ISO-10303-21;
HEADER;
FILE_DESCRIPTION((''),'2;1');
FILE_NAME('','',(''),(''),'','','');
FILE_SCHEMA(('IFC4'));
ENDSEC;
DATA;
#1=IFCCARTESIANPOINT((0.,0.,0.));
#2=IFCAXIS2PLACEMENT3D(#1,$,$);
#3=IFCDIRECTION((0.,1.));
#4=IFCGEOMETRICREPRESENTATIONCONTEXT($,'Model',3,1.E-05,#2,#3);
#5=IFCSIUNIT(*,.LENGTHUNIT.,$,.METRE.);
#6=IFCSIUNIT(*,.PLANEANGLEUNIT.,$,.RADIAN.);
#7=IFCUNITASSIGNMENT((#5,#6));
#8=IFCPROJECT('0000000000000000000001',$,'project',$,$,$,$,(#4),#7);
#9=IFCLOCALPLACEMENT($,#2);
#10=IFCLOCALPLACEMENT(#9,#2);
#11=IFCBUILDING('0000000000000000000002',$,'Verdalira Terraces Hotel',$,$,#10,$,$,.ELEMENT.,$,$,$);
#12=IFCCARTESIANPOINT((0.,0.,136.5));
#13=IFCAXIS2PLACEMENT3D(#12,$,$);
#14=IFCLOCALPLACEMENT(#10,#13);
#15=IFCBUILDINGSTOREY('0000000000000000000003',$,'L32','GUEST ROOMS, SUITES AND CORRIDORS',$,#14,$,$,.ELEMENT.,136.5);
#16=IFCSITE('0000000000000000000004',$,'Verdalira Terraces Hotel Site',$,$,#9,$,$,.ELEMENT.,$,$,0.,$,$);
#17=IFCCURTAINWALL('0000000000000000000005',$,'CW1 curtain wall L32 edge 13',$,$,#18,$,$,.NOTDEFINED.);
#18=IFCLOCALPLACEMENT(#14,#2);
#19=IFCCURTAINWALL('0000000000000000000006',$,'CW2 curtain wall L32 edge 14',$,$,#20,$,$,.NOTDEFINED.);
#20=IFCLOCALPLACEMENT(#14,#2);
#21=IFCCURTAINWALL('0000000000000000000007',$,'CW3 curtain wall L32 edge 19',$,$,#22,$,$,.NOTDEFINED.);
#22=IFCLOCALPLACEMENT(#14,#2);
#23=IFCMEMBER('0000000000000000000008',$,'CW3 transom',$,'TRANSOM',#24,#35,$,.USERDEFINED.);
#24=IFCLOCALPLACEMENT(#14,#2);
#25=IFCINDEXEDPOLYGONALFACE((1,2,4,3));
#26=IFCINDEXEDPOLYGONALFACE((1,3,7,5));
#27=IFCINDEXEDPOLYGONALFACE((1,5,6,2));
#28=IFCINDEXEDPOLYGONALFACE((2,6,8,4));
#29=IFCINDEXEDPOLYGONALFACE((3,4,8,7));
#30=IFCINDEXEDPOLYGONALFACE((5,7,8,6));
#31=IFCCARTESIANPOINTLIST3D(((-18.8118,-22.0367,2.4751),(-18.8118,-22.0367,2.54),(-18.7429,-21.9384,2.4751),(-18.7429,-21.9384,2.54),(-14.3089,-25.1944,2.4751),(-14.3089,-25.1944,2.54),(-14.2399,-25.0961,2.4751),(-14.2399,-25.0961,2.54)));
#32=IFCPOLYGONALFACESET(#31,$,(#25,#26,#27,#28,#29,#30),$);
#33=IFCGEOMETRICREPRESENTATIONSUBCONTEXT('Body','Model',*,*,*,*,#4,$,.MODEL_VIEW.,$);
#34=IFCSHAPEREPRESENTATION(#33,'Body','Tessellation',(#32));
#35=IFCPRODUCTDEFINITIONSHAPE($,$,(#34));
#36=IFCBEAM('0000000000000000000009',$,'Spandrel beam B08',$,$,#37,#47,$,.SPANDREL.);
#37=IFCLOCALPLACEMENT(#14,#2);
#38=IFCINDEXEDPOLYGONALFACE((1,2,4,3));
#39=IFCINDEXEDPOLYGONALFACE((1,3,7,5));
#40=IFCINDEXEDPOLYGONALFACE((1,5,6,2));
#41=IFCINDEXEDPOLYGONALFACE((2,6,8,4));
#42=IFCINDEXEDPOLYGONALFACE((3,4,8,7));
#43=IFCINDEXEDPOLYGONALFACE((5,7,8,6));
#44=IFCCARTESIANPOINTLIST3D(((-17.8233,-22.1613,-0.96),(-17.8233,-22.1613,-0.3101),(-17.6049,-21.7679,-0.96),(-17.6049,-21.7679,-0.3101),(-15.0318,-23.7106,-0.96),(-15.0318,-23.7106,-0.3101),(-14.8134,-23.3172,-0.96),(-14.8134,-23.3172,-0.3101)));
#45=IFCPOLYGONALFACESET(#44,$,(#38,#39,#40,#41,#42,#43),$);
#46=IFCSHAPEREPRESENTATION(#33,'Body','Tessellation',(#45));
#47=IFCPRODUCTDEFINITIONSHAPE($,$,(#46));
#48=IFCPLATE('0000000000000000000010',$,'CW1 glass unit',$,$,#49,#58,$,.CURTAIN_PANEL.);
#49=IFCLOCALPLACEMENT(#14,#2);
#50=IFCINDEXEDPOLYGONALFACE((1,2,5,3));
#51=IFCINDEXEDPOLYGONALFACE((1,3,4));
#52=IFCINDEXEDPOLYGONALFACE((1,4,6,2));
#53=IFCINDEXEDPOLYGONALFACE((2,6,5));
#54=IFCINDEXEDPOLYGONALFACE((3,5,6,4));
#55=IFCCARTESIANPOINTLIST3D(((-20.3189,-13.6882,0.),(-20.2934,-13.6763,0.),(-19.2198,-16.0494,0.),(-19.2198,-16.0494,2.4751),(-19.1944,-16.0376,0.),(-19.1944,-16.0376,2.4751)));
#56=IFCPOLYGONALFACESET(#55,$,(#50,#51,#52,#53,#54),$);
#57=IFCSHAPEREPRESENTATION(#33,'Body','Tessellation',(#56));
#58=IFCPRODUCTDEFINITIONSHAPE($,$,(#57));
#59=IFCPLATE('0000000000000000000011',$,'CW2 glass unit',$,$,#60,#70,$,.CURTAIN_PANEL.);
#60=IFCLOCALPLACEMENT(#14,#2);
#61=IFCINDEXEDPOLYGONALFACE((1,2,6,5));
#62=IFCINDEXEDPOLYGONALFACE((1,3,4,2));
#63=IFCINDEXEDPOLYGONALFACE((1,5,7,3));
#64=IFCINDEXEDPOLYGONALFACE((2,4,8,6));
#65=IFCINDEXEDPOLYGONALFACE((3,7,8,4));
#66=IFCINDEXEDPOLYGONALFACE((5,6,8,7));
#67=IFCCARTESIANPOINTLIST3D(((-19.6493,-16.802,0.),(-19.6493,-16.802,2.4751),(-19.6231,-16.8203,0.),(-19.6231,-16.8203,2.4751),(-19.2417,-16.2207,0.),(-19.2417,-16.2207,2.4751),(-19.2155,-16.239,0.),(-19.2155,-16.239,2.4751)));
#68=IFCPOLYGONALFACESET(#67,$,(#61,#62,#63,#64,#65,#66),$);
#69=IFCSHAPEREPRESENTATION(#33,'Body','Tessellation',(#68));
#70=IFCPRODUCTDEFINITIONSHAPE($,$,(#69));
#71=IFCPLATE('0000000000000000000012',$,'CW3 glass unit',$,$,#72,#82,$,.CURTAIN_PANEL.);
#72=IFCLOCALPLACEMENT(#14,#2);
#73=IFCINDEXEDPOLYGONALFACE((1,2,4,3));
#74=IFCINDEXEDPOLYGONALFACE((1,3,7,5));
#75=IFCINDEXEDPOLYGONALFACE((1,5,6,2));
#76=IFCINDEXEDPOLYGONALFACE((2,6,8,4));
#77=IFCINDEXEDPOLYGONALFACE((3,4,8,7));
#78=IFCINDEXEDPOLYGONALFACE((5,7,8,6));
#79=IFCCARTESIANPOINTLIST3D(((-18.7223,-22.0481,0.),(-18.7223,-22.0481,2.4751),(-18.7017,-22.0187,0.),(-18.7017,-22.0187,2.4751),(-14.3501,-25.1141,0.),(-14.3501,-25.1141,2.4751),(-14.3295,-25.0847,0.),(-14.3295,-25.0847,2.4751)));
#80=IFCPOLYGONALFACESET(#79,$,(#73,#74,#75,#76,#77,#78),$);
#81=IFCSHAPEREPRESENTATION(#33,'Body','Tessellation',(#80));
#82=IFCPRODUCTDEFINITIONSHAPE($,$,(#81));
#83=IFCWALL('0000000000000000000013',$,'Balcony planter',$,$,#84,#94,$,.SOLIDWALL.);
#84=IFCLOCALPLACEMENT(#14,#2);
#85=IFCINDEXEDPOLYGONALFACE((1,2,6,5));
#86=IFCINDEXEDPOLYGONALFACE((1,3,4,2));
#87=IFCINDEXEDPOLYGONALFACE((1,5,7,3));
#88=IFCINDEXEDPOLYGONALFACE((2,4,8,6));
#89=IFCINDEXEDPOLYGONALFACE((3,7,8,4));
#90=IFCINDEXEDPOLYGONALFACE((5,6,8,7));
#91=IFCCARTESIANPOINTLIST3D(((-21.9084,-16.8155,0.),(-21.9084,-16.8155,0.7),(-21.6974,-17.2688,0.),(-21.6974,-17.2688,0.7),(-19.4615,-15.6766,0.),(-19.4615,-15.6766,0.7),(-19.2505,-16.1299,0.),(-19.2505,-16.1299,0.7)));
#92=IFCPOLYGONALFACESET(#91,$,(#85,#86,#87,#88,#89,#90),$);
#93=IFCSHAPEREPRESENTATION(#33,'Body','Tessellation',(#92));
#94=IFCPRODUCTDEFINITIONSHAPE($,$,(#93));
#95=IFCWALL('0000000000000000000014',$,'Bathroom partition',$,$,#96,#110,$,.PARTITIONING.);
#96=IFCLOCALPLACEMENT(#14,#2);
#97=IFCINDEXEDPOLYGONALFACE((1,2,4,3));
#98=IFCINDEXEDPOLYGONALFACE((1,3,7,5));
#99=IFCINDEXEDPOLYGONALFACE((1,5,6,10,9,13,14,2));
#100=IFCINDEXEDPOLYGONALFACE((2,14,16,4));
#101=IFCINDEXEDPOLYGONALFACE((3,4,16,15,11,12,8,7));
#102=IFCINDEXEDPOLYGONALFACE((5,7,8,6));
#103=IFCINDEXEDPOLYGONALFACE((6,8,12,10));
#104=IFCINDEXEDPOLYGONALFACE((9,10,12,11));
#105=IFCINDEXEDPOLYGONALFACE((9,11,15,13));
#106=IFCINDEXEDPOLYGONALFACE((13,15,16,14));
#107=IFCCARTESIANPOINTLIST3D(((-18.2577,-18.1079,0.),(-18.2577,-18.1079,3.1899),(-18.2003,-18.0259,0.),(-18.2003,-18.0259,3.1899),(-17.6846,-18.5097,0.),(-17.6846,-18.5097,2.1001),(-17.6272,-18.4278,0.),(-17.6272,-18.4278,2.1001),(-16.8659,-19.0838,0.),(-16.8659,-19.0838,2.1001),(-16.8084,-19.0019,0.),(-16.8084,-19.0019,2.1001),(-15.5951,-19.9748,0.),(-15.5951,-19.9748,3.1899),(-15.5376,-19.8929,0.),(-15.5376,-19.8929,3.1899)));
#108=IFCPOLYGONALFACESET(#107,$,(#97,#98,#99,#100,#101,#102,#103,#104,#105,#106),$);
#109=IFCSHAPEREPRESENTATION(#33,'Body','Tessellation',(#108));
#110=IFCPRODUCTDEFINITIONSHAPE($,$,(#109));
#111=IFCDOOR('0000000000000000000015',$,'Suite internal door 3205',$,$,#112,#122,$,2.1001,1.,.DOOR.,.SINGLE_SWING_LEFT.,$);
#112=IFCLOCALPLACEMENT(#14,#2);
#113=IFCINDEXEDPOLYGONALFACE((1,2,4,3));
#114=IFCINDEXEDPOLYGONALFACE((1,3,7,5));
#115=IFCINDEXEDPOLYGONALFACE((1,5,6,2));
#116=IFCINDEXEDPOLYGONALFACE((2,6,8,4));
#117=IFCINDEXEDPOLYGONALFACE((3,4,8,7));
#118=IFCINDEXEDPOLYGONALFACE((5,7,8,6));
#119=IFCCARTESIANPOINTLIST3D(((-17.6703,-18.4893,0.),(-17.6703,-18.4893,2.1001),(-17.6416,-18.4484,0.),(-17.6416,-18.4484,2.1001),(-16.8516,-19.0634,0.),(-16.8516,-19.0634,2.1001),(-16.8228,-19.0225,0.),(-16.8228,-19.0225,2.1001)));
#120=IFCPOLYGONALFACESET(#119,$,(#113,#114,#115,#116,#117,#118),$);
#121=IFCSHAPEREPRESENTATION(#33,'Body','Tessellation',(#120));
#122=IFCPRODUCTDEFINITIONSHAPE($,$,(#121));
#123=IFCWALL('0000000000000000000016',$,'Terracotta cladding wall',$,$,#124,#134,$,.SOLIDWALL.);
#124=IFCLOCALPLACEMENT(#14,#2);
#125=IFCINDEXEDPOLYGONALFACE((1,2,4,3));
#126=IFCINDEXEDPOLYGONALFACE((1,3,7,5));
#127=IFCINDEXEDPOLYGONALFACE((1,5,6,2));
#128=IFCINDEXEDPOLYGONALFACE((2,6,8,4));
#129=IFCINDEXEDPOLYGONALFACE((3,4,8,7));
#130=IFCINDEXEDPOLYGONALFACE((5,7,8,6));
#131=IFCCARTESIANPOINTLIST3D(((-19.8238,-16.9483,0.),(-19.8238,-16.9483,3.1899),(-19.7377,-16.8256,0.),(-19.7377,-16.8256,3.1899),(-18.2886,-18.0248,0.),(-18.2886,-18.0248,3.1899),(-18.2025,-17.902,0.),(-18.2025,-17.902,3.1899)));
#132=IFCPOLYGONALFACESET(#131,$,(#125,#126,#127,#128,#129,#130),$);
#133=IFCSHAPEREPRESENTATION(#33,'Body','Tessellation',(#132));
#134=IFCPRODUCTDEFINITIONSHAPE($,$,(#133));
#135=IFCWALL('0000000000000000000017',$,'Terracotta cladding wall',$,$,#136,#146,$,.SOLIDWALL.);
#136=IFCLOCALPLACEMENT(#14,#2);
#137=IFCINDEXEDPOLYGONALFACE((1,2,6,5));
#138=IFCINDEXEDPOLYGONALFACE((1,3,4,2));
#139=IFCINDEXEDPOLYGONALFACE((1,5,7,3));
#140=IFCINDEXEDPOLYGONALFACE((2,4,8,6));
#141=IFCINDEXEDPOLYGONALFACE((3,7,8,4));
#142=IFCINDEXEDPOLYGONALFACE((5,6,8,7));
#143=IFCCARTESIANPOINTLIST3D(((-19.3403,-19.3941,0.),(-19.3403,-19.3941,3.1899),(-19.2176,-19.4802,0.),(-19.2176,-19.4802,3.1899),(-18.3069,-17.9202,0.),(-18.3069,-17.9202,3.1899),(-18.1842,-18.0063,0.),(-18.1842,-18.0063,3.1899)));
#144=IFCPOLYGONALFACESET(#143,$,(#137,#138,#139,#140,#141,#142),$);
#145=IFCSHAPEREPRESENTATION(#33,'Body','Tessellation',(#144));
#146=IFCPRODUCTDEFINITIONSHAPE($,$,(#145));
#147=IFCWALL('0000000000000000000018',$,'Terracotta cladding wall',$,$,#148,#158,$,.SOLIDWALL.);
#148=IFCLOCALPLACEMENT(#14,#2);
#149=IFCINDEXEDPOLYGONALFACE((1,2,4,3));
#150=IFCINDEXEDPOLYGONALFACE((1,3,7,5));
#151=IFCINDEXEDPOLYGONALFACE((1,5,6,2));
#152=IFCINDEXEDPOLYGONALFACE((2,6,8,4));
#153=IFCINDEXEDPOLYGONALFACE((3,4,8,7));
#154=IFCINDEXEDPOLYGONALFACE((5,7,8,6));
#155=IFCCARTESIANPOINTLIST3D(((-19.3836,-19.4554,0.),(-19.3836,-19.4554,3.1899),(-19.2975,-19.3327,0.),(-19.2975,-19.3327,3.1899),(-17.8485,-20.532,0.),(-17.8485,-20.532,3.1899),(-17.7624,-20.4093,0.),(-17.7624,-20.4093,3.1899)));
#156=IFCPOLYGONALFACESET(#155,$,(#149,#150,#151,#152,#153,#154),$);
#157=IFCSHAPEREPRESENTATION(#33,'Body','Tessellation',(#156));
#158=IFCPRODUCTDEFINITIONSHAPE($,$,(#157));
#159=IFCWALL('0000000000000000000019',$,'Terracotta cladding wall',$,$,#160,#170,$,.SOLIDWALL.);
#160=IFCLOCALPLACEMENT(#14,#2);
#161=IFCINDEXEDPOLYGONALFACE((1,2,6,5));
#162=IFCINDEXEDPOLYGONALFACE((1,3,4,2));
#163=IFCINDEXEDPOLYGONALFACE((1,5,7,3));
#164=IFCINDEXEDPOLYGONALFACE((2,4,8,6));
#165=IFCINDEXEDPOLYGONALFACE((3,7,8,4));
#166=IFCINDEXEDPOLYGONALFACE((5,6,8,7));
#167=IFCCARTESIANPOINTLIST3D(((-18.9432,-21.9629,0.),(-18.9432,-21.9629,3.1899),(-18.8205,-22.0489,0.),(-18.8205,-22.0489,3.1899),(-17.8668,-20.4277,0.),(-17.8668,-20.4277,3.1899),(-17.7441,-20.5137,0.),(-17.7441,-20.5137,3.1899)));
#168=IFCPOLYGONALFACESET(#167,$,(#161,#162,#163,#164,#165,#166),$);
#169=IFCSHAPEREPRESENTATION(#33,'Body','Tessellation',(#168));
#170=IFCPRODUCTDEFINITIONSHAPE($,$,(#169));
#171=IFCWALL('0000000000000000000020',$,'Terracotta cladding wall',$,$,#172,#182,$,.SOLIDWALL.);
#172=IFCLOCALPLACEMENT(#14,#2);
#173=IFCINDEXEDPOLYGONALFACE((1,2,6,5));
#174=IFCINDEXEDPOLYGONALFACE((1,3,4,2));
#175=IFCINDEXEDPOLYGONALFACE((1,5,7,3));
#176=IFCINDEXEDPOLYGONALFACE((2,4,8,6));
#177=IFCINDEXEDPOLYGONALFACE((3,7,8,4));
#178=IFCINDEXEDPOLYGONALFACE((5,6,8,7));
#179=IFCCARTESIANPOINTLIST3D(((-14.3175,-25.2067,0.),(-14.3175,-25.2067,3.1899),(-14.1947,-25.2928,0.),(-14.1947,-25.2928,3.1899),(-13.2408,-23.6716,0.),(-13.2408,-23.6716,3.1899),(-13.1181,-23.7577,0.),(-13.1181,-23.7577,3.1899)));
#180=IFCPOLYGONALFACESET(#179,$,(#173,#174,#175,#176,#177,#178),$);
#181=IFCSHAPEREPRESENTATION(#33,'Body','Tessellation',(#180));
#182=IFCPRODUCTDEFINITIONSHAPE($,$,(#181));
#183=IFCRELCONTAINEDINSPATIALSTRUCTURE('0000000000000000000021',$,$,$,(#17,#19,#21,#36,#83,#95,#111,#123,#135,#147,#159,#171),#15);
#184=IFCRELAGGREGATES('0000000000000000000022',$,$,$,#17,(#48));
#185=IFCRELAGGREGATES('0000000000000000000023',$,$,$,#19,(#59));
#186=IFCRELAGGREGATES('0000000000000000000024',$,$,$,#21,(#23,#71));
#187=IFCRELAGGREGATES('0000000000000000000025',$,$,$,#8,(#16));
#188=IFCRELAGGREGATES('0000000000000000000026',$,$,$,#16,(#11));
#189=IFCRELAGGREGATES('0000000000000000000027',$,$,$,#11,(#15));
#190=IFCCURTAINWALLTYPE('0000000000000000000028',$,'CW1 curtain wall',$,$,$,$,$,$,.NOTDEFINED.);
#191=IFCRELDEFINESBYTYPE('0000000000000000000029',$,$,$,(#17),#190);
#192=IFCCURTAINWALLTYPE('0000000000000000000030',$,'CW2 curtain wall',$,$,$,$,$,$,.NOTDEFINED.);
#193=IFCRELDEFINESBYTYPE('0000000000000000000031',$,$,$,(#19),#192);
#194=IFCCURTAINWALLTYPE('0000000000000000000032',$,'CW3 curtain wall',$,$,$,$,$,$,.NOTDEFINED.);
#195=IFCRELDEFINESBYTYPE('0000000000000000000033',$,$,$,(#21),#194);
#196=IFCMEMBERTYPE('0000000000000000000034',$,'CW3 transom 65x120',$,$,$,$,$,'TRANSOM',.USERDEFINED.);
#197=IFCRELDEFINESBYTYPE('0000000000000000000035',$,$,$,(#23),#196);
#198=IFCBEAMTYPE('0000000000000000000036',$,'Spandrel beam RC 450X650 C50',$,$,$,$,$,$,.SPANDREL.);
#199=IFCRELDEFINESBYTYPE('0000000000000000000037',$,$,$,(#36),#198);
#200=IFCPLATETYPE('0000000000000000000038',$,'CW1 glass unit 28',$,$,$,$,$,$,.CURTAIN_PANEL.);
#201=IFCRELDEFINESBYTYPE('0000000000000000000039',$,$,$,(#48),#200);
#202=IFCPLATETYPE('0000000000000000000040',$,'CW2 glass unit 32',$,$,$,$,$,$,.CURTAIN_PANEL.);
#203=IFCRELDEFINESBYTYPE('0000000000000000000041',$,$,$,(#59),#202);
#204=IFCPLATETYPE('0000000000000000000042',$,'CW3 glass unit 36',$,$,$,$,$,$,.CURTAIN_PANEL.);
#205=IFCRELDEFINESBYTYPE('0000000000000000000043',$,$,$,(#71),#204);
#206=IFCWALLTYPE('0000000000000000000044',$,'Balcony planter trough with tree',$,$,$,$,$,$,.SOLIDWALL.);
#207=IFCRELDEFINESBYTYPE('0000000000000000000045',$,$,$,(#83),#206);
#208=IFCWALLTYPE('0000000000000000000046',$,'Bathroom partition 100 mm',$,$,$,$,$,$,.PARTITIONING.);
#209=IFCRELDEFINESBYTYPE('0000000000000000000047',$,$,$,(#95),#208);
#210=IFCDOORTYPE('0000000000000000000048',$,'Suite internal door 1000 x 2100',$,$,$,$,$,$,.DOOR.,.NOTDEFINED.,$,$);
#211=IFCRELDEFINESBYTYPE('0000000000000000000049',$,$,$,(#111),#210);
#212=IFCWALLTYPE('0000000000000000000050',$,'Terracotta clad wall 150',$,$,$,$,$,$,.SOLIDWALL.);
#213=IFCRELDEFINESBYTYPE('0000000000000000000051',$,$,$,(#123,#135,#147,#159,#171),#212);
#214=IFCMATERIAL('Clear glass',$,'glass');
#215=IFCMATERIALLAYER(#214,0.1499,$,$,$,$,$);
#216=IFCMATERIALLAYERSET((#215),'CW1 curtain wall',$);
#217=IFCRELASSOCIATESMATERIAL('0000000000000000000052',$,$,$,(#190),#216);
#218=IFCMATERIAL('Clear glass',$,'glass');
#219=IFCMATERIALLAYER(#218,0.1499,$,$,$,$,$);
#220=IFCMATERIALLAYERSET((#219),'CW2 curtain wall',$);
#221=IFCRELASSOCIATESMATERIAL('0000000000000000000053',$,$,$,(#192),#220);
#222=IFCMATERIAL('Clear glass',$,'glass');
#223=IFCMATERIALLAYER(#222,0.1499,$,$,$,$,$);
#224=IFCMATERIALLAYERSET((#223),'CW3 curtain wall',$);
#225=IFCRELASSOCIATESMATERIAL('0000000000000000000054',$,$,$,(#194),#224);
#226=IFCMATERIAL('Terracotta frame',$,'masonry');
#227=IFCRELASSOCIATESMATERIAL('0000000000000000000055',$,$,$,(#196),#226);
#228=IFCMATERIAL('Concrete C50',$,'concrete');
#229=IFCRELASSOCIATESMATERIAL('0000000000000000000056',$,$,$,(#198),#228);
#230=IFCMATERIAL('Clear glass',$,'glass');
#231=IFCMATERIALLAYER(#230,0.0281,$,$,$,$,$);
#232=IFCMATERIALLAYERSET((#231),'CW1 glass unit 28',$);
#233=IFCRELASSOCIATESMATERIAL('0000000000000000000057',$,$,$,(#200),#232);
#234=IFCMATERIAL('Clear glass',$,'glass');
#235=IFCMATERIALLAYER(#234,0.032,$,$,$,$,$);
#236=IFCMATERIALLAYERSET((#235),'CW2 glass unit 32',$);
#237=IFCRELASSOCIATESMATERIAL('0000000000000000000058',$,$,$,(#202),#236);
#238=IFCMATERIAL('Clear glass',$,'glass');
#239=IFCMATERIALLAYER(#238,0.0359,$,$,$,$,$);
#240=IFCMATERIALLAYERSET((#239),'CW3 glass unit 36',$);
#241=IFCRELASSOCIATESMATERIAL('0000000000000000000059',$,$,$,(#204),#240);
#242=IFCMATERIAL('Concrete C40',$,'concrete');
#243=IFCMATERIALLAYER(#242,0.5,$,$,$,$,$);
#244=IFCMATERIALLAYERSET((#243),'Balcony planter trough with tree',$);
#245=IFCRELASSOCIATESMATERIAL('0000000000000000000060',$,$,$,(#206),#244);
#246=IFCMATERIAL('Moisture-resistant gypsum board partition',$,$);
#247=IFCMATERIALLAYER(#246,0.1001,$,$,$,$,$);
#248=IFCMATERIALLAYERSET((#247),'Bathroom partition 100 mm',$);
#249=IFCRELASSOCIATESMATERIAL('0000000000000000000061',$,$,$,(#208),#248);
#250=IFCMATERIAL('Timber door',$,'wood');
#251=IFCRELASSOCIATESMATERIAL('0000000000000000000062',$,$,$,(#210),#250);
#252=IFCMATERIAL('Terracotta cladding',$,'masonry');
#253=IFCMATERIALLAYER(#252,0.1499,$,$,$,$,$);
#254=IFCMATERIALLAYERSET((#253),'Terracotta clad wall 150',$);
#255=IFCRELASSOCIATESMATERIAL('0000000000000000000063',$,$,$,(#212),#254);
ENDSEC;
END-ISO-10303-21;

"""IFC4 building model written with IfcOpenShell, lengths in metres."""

from ifc_helpers import new_model, si_unit, direction, frame, frame_2d, origin, origin_2d, place, context, subcontext, project, spatial, polyline, rectangle, outline, extrude, material, layer, layer_set, material_profile, profile_set, type_object, element, fill, aggregate, save


model = new_model("IFC4")

# Units and contexts
model_context = context("Model", 3, precision=1e-05, world=origin(), true_north=direction((0.0, 1.0)))
body_context = subcontext(model_context, "Body", "Model", "MODEL_VIEW")
ifc_project = project(units=[si_unit("LENGTHUNIT", "METRE"), si_unit("PLANEANGLEUNIT", "RADIAN")], contexts=[model_context])

# Site, building, storey
site_placement = place(None, origin())
site = spatial("IfcSite", under=ifc_project, at=site_placement, Name="Verdalira Terraces Hotel Site", CompositionType="ELEMENT", RefElevation=0.0)
building_placement = place(site_placement, origin())
building = spatial("IfcBuilding", under=site, at=building_placement, Name="Verdalira Terraces Hotel", CompositionType="ELEMENT")
storey_placement = place(building_placement, frame((0.0, 0.0, 136.5)))
storey = spatial("IfcBuildingStorey", under=building, at=storey_placement, Name="L32", Description="GUEST ROOMS, SUITES AND CORRIDORS", CompositionType="ELEMENT", Elevation=136.5)

# Curtain wall
ifc_material_1 = material(Name="Clear glass", Category="glass")
ifc_layer_1 = layer(ifc_material_1, 0.1499)
ifc_layer_set_1 = layer_set([ifc_layer_1], Name="CW1 curtain wall")
curtain_wall_type_1 = type_object("IfcCurtainWallType", Name="CW1 curtain wall", PredefinedType="NOTDEFINED", material=ifc_layer_set_1)
curtain_wall_1_placement = place(storey_placement, origin())
curtain_wall_1 = element("IfcCurtainWall", 1, at=curtain_wall_1_placement, inside=storey, type_object=curtain_wall_type_1, Name="CW1 curtain wall L32 edge 13", PredefinedType="NOTDEFINED")

# Curtain walls, member
ifc_material_2 = material(Name="Clear glass", Category="glass")
ifc_layer_2 = layer(ifc_material_2, 0.1499)
ifc_layer_set_2 = layer_set([ifc_layer_2], Name="CW2 curtain wall")
curtain_wall_type_2 = type_object("IfcCurtainWallType", Name="CW2 curtain wall", PredefinedType="NOTDEFINED", material=ifc_layer_set_2)
curtain_wall_2_placement = place(storey_placement, origin())
curtain_wall_2 = element("IfcCurtainWall", 2, at=curtain_wall_2_placement, inside=storey, type_object=curtain_wall_type_2, Name="CW2 curtain wall L32 edge 14", PredefinedType="NOTDEFINED")
ifc_material_3 = material(Name="Clear glass", Category="glass")
ifc_layer_3 = layer(ifc_material_3, 0.1499)
ifc_layer_set_3 = layer_set([ifc_layer_3], Name="CW3 curtain wall")
curtain_wall_type_3 = type_object("IfcCurtainWallType", Name="CW3 curtain wall", PredefinedType="NOTDEFINED", material=ifc_layer_set_3)
curtain_wall_3_placement = place(storey_placement, origin())
curtain_wall_3 = element("IfcCurtainWall", 3, at=curtain_wall_3_placement, inside=storey, type_object=curtain_wall_type_3, Name="CW3 curtain wall L32 edge 19", PredefinedType="NOTDEFINED")
ifc_material_4 = material(Name="Terracotta frame", Category="masonry")
ifc_material_profile_1 = material_profile(ifc_material_4, rectangle(XDim=0.1201, YDim=0.0649, at=origin_2d()), Name="TR 65x120")
ifc_profile_set_1 = profile_set([ifc_material_profile_1], Name="Terracotta frame")
member_type_1 = type_object("IfcMemberType", Name="CW3 transom 65x120", ElementType="TRANSOM", PredefinedType="USERDEFINED", material=ifc_profile_set_1)
member_1_placement = place(storey_placement, frame((-18.7773, -21.9875, 2.5076), z_axis=(0.818748, -0.574153, 0.0), x_axis=(0.574153, 0.818748, 0.0)))
member_1 = element("IfcMember", 4, at=member_1_placement, type_object=member_type_1, Name="CW3 transom", ObjectType="TRANSOM", PredefinedType="USERDEFINED", context=body_context, shape_type="SweptSolid", body=[
    extrude(rectangle(XDim=0.1201, YDim=0.0649, at=origin_2d()), origin(), (0.0, 0.0, 1.0), 5.4998),
])

# Beam
ifc_material_5 = material(Name="Concrete C50", Category="concrete")
ifc_material_profile_2 = material_profile(ifc_material_5, rectangle(XDim=0.45, YDim=0.6499, at=origin_2d()), Name="RC 450X650")
ifc_profile_set_2 = profile_set([ifc_material_profile_2], Name="Concrete C50")
beam_type_1 = type_object("IfcBeamType", Name="Spandrel beam RC 450X650 C50", PredefinedType="SPANDREL", material=ifc_profile_set_2)
beam_1_placement = place(storey_placement, frame((-17.7141, -21.9646, -0.635), z_axis=(0.874359, -0.485279, 0.0), x_axis=(0.485279, 0.874359, 0.0)))
element("IfcBeam", 5, at=beam_1_placement, inside=storey, type_object=beam_type_1, Name="Spandrel beam B08", PredefinedType="SPANDREL", context=body_context, shape_type="SweptSolid", body=[
    extrude(rectangle(XDim=0.45, YDim=0.6499, at=origin_2d()), origin(), (0.0, 0.0, 1.0), 3.1926),
])

# Plates
ifc_material_6 = material(Name="Clear glass", Category="glass")
ifc_layer_4 = layer(ifc_material_6, 0.0281)
ifc_layer_set_4 = layer_set([ifc_layer_4], Name="CW1 glass unit 28")
plate_type_1 = type_object("IfcPlateType", Name="CW1 glass unit 28", PredefinedType="CURTAIN_PANEL", material=ifc_layer_set_4)
plate_1_placement = place(storey_placement, frame((-19.7439, -14.8569, 1.2375), z_axis=(-0.906603, -0.421985, 0.0), x_axis=(0.421985, -0.906603, 0.0)))
plate_1 = element("IfcPlate", 6, at=plate_1_placement, type_object=plate_type_1, Name="CW1 glass unit", PredefinedType="CURTAIN_PANEL", context=body_context, shape_type="SweptSolid", body=[
    extrude(outline(polyline([(-1.3022, -1.2375), (1.3022, -1.2375), (1.3022, 1.2375), (-1.3022, -1.2375)])), origin(), (0.0, 0.0, 1.0), 0.0281),
])
aggregate(curtain_wall_1, [plate_1])
ifc_material_7 = material(Name="Clear glass", Category="glass")
ifc_layer_5 = layer(ifc_material_7, 0.032)
ifc_layer_set_5 = layer_set([ifc_layer_5], Name="CW2 glass unit 32")
plate_type_2 = type_object("IfcPlateType", Name="CW2 glass unit 32", PredefinedType="CURTAIN_PANEL", material=ifc_layer_set_5)
plate_2_placement = place(storey_placement, frame((-19.4324, -16.5205, 0.0), z_axis=(0.0, 0.0, 1.0), x_axis=(-0.574148, -0.818751, 0.0)))
plate_2 = element("IfcPlate", 7, at=plate_2_placement, type_object=plate_type_2, Name="CW2 glass unit", PredefinedType="CURTAIN_PANEL", context=body_context, shape_type="SweptSolid", body=[
    extrude(rectangle(XDim=0.71, YDim=0.032, at=origin_2d()), origin(), (0.0, 0.0, 1.0), 2.4751),
])
aggregate(curtain_wall_2, [plate_2])
ifc_material_8 = material(Name="Clear glass", Category="glass")
ifc_layer_6 = layer(ifc_material_8, 0.0359)
ifc_layer_set_6 = layer_set([ifc_layer_6], Name="CW3 glass unit 36")
plate_type_3 = type_object("IfcPlateType", Name="CW3 glass unit 36", PredefinedType="CURTAIN_PANEL", material=ifc_layer_set_6)
plate_3_placement = place(storey_placement, frame((-16.5259, -23.5664, 0.0), z_axis=(0.0, 0.0, 1.0), x_axis=(0.818751, -0.574148, 0.0)))
plate_3 = element("IfcPlate", 8, at=plate_3_placement, type_object=plate_type_3, Name="CW3 glass unit", PredefinedType="CURTAIN_PANEL", context=body_context, shape_type="SweptSolid", body=[
    extrude(rectangle(XDim=5.3401, YDim=0.0359, at=origin_2d()), origin(), (0.0, 0.0, 1.0), 2.4751),
])
aggregate(curtain_wall_3, [member_1, plate_3])

# Wall
ifc_material_9 = material(Name="Concrete C40", Category="concrete")
ifc_layer_7 = layer(ifc_material_9, 0.5)
ifc_layer_set_7 = layer_set([ifc_layer_7], Name="Balcony planter trough with tree")
wall_type_1 = type_object("IfcWallType", Name="Balcony planter trough with tree", PredefinedType="SOLIDWALL", material=ifc_layer_set_7)
wall_1_placement = place(storey_placement, frame((-21.803, -17.0422, 0.0), z_axis=(0.0, 0.0, 1.0), x_axis=(0.906596, 0.421999, 0.0)))
element("IfcWall", 9, at=wall_1_placement, inside=storey, type_object=wall_type_1, Name="Balcony planter", PredefinedType="SOLIDWALL", context=body_context, shape_type="SweptSolid", body=[
    extrude(rectangle(XDim=2.699, YDim=0.5, at=frame_2d((1.3496, 0.0))), origin(), (0.0, 0.0, 1.0), 0.7),
])

# Wall, opening, door
ifc_material_10 = material(Name="Moisture-resistant gypsum board partition")
ifc_layer_8 = layer(ifc_material_10, 0.1001)
ifc_layer_set_8 = layer_set([ifc_layer_8], Name="Bathroom partition 100 mm")
wall_type_2 = type_object("IfcWallType", Name="Bathroom partition 100 mm", PredefinedType="PARTITIONING", material=ifc_layer_set_8)
wall_2_placement = place(storey_placement, frame((-18.229, -18.0669, 0.0), z_axis=(0.0, 0.0, 1.0), x_axis=(0.81878, -0.574107, 0.0)))
wall_2 = element("IfcWall", 10, at=wall_2_placement, inside=storey, type_object=wall_type_2, Name="Bathroom partition", PredefinedType="PARTITIONING", context=body_context, shape_type="SweptSolid", body=[
    extrude(rectangle(XDim=3.252, YDim=0.1001, at=frame_2d((1.626, 0.0))), origin(), (0.0, 0.0, 1.0), 3.1899),
])
opening_placement = place(wall_2_placement, frame((0.7, 0.0, 0.0)))
opening = element("IfcOpeningElement", 11, at=opening_placement, cuts=wall_2, PredefinedType="OPENING", context=body_context, shape_type="SweptSolid", body=[
    extrude(rectangle(XDim=1.0, YDim=2.1001, at=frame_2d((0.5, 1.05))), frame((0.0, 0.0601, 0.0), z_axis=(0.0, -1.0, 0.0), x_axis=(1.0, 0.0, 0.0)), (0.0, 0.0, 1.0), 0.1201),
])
ifc_material_11 = material(Name="Timber door", Category="wood")
door_type = type_object("IfcDoorType", Name="Suite internal door 1000 x 2100", OperationType="NOTDEFINED", PredefinedType="DOOR", material=ifc_material_11)
door_placement = place(opening_placement, origin())
door = element("IfcDoor", 12, at=door_placement, inside=storey, type_object=door_type, Name="Suite internal door 3205", OperationType="SINGLE_SWING_LEFT", OverallHeight=2.1001, OverallWidth=1.0, PredefinedType="DOOR", context=body_context, shape_type="SweptSolid", body=[
    extrude(rectangle(XDim=1.0, YDim=2.1001, at=frame_2d((0.5, 1.05))), frame((0.0, 0.0249, 0.0), z_axis=(0.0, -1.0, 0.0), x_axis=(1.0, 0.0, 0.0)), (0.0, 0.0, 1.0), 0.05),
])
fill(opening, door)

# Walls
ifc_material_12 = material(Name="Terracotta cladding", Category="masonry")
ifc_layer_9 = layer(ifc_material_12, 0.1499)
ifc_layer_set_9 = layer_set([ifc_layer_9], Name="Terracotta clad wall 150")
wall_type_3 = type_object("IfcWallType", Name="Terracotta clad wall 150", PredefinedType="SOLIDWALL", material=ifc_layer_set_9)
wall_3_placement = place(storey_placement, frame((-19.7808, -16.887, 0.0), z_axis=(0.0, 0.0, 1.0), x_axis=(0.818779, -0.574109, 0.0)))
element("IfcWall", 13, at=wall_3_placement, inside=storey, type_object=wall_type_3, Name="Terracotta cladding wall", PredefinedType="SOLIDWALL", context=body_context, shape_type="SweptSolid", body=[
    extrude(rectangle(XDim=1.875, YDim=0.1499, at=frame_2d((0.9375, 0.0))), origin(), (0.0, 0.0, 1.0), 3.1899),
])
wall_4_placement = place(storey_placement, frame((-18.2456, -17.9634, 0.0), z_axis=(0.0, 0.0, 1.0), x_axis=(-0.574108, -0.818779, 0.0)))
element("IfcWall", 14, at=wall_4_placement, inside=storey, type_object=wall_type_3, Name="Terracotta cladding wall", PredefinedType="SOLIDWALL", context=body_context, shape_type="SweptSolid", body=[
    extrude(rectangle(XDim=1.8, YDim=0.1499, at=frame_2d((0.8999, 0.0))), origin(), (0.0, 0.0, 1.0), 3.1899),
])
for number, where, z_axis, x_axis, name in (
    (15, (-19.3406, -19.394, 0.0), (0.0, 0.0, 1.0), (0.818718, -0.574196, 0.0), "Terracotta cladding wall"),
    (16, (-17.8054, -20.4707, 0.0), (0.0, 0.0, 1.0), (-0.574109, -0.818779, 0.0), "Terracotta cladding wall"),
    (17, (-14.2561, -25.2498, 0.0), (0.0, 0.0, 1.0), (0.574196, 0.818718, 0.0), "Terracotta cladding wall"),
):
    element("IfcWall", number, at=place(storey_placement, frame(where, z_axis=z_axis, x_axis=x_axis)), inside=storey, type_object=wall_type_3, Name=name, PredefinedType="SOLIDWALL", context=body_context, shape_type="SweptSolid", body=[
        extrude(rectangle(XDim=1.875, YDim=0.1499, at=frame_2d((0.9375, 0.0))), origin(), (0.0, 0.0, 1.0), 3.1899),
    ])

save(model, "model.ifc")
